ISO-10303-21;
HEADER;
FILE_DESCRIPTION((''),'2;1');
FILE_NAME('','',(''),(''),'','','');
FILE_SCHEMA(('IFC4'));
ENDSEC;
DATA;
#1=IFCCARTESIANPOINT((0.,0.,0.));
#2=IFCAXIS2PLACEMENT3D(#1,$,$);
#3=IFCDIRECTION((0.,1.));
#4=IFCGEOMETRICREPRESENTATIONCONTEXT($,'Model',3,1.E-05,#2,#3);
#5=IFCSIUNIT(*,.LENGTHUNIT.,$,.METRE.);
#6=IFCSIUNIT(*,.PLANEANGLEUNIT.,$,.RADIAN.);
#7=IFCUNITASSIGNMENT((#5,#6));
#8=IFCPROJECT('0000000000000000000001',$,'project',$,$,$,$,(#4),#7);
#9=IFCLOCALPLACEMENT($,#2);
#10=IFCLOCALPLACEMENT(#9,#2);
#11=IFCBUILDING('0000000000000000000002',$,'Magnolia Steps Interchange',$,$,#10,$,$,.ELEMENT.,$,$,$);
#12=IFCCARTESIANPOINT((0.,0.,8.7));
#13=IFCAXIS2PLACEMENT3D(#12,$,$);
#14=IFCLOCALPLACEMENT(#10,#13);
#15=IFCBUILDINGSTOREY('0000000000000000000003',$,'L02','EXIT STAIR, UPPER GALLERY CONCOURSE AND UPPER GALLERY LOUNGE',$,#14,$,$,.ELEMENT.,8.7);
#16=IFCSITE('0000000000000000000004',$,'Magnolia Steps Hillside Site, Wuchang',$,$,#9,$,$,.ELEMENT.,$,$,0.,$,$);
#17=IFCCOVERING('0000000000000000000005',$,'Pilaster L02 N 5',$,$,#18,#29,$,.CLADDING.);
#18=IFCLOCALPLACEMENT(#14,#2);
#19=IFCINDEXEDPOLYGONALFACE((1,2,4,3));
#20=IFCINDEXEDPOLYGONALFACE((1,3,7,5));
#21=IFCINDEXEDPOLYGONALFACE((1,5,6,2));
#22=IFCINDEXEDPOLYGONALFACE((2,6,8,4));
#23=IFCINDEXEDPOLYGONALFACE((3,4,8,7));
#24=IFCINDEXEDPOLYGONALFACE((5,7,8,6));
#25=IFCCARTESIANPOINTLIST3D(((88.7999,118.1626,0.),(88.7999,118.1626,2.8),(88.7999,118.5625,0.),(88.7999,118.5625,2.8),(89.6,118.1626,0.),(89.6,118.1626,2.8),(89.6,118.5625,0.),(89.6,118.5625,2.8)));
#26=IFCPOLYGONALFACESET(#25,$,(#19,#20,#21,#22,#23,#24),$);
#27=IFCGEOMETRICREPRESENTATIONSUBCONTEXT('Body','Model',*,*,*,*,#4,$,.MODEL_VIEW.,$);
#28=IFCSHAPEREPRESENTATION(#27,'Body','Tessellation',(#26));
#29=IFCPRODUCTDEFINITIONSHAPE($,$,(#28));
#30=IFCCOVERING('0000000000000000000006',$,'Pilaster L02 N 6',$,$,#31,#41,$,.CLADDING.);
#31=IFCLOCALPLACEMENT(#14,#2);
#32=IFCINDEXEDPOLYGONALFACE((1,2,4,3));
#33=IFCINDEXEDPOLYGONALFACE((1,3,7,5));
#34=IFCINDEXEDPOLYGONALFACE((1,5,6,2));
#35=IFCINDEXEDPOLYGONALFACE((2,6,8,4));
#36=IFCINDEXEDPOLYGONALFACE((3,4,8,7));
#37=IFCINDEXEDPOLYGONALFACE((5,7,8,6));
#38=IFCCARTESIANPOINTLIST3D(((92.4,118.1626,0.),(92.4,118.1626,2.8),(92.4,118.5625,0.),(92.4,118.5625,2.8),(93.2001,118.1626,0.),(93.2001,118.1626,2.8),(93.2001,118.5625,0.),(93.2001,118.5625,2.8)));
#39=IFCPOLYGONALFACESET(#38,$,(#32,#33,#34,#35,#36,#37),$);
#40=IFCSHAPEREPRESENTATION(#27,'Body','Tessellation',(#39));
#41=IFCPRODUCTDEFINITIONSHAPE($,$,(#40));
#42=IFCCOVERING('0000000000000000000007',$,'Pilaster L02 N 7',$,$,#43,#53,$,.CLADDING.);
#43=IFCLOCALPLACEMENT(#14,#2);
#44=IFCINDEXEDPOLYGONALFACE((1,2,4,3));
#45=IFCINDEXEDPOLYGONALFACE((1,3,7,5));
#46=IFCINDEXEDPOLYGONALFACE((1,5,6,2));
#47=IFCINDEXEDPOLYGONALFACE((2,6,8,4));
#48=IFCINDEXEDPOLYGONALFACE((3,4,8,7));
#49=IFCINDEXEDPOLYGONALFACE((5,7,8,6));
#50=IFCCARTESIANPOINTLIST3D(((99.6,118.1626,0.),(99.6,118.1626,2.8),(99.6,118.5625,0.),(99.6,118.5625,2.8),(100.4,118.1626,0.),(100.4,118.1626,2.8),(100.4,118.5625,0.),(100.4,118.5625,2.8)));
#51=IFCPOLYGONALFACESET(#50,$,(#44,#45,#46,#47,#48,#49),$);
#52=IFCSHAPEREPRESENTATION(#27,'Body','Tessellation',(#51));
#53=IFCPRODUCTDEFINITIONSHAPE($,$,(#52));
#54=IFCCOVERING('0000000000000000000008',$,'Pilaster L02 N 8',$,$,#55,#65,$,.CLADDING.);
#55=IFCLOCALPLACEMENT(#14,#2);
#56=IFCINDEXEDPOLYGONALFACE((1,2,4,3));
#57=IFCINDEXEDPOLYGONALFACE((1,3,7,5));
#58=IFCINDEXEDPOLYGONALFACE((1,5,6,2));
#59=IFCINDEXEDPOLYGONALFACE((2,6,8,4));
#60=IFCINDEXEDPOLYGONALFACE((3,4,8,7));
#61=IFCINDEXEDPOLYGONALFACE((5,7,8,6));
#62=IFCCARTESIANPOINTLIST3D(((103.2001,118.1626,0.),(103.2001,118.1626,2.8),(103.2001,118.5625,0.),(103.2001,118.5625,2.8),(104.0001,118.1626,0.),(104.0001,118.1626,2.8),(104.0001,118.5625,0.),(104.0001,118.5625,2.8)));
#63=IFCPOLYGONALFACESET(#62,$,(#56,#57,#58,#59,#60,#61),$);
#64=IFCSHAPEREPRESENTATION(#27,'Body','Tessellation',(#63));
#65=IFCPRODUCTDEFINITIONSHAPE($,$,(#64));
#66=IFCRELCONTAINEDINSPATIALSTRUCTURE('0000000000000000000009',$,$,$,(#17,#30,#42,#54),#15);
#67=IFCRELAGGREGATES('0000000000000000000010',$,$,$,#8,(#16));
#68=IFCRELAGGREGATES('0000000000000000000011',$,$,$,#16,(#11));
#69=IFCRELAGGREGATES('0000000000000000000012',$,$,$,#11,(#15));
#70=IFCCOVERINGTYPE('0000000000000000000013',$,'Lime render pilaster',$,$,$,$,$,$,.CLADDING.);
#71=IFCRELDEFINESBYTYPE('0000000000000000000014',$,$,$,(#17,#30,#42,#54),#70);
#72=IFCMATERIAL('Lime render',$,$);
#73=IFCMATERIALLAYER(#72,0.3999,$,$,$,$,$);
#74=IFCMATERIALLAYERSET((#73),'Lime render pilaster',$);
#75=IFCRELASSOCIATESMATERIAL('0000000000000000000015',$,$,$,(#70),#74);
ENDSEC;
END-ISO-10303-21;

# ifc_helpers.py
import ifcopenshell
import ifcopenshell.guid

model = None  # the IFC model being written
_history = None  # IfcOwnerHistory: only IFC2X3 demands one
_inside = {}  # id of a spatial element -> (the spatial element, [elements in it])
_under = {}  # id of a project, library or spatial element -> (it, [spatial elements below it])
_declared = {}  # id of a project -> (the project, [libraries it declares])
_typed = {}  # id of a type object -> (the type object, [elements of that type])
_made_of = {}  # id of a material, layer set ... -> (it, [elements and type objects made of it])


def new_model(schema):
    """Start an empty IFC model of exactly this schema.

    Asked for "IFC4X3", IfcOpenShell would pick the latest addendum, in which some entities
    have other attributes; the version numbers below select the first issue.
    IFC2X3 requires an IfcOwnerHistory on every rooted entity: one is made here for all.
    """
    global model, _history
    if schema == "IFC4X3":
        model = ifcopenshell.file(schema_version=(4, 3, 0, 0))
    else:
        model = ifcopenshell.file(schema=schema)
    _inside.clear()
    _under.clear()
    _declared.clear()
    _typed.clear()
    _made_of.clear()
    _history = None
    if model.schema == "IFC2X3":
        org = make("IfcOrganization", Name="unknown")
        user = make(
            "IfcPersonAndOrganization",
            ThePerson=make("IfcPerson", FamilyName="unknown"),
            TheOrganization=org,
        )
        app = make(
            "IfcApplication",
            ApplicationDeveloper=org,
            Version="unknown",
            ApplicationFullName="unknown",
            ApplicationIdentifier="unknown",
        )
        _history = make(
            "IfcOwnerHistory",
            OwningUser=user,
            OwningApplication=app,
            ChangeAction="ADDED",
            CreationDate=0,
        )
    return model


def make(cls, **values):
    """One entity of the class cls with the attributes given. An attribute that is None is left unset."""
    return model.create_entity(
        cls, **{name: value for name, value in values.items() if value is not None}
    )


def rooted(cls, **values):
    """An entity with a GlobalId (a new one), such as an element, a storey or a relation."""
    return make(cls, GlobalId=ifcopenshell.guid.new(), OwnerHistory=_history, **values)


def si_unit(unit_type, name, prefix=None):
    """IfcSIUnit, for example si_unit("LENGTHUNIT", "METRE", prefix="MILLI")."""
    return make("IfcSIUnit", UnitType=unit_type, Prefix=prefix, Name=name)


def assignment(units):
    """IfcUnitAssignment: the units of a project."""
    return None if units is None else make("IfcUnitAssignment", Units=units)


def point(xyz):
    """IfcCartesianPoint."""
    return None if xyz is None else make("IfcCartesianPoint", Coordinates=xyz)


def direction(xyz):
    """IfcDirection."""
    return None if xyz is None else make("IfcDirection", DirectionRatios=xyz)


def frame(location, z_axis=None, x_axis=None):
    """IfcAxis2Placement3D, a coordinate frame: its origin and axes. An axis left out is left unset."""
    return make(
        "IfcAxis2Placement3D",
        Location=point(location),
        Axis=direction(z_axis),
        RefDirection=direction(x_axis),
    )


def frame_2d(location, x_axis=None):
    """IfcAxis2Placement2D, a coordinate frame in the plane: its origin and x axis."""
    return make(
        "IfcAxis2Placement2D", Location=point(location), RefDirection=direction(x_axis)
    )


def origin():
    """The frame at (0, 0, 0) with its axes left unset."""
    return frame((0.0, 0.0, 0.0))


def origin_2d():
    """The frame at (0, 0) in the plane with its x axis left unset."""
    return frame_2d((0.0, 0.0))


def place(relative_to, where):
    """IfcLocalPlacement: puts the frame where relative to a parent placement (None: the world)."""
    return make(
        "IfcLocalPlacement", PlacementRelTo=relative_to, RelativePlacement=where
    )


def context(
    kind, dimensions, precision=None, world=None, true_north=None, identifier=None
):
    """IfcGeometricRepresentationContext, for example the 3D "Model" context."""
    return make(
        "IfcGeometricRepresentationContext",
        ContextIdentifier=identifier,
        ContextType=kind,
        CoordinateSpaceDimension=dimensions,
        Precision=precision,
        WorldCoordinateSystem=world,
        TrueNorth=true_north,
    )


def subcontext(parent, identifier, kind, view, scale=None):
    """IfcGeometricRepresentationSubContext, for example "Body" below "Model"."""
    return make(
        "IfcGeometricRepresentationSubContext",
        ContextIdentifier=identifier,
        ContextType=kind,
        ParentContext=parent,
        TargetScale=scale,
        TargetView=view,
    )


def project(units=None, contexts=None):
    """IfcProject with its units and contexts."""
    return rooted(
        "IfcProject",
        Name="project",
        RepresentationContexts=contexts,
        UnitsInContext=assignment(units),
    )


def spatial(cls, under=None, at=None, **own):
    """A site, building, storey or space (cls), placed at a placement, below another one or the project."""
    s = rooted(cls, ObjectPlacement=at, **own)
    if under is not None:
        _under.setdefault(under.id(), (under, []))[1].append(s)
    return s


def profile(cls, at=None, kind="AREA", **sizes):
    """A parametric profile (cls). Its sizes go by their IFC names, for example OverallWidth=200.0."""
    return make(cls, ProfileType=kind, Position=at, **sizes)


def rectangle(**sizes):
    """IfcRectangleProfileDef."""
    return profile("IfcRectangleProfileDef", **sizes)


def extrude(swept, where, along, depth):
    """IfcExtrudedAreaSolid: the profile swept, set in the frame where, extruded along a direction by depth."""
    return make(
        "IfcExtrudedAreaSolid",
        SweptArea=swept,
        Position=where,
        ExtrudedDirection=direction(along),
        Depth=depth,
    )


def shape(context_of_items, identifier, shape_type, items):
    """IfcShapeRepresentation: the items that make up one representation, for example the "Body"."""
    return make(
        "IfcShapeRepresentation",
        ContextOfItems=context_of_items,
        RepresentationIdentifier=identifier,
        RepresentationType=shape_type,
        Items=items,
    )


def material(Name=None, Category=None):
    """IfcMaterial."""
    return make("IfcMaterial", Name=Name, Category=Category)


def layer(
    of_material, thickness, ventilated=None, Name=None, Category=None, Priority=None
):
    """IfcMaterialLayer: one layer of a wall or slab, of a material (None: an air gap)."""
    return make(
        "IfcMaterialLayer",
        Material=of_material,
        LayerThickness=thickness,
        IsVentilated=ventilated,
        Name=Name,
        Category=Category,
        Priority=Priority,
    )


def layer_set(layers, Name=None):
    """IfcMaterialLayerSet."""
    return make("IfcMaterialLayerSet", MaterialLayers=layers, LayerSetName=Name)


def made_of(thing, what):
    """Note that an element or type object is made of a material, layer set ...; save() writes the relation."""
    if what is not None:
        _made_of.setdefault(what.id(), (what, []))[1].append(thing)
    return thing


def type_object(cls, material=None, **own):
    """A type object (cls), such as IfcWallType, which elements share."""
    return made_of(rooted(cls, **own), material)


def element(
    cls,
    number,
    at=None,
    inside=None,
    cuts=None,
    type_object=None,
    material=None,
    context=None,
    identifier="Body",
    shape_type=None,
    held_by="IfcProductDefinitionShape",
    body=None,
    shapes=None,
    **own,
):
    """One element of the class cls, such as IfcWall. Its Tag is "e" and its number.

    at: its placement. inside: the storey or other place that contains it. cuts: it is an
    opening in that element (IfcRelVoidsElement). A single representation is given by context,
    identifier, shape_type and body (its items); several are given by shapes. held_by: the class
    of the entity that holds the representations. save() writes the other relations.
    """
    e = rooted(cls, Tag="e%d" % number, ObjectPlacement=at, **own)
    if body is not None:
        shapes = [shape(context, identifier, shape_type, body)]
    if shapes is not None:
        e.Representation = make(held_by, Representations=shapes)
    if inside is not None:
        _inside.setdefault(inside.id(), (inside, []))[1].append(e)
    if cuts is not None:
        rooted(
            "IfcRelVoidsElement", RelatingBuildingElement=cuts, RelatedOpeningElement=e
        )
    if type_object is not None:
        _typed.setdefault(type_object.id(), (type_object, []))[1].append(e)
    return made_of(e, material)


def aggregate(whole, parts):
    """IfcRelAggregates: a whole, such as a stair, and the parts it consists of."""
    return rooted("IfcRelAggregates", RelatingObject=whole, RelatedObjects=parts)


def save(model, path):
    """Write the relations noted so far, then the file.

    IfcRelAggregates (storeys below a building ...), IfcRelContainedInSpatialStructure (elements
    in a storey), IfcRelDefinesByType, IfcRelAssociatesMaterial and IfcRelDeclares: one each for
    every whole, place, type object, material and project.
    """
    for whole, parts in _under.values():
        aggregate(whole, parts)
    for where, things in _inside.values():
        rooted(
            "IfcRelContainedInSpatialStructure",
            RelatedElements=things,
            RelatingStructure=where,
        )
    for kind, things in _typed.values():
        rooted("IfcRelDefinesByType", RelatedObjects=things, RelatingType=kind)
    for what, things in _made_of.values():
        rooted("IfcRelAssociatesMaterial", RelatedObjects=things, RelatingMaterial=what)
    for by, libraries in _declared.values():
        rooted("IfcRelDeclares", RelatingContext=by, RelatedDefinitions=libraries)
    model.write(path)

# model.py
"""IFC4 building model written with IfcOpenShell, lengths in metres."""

from ifc_helpers import new_model, si_unit, direction, frame, origin, origin_2d, place, context, subcontext, project, spatial, rectangle, extrude, material, layer, layer_set, type_object, element, save


model = new_model("IFC4")

# Units and contexts
model_context = context("Model", 3, precision=1e-05, world=origin(), true_north=direction((0.0, 1.0)))
body_context = subcontext(model_context, "Body", "Model", "MODEL_VIEW")
ifc_project = project(units=[si_unit("LENGTHUNIT", "METRE"), si_unit("PLANEANGLEUNIT", "RADIAN")], contexts=[model_context])

# Site, building, storey
site_placement = place(None, origin())
site = spatial("IfcSite", under=ifc_project, at=site_placement, Name="Magnolia Steps Hillside Site, Wuchang", CompositionType="ELEMENT", RefElevation=0.0)
building_placement = place(site_placement, origin())
building = spatial("IfcBuilding", under=site, at=building_placement, Name="Magnolia Steps Interchange", CompositionType="ELEMENT")
storey_placement = place(building_placement, frame((0.0, 0.0, 8.7)))
storey = spatial("IfcBuildingStorey", under=building, at=storey_placement, Name="L02", Description="EXIT STAIR, UPPER GALLERY CONCOURSE AND UPPER GALLERY LOUNGE", CompositionType="ELEMENT", Elevation=8.7)

# Coverings
ifc_material_1 = material(Name="Lime render")
ifc_layer_1 = layer(ifc_material_1, 0.3999)
ifc_layer_set_1 = layer_set([ifc_layer_1], Name="Lime render pilaster")
covering_type_1 = type_object("IfcCoveringType", Name="Lime render pilaster", PredefinedType="CLADDING", material=ifc_layer_set_1)
for number, where, z_axis, x_axis, name in (
    (1, (89.2, 118.3625, 0.0), (0.0, 0.0, 1.0), (1.0, 0.0, 0.0), "Pilaster L02 N 5"),
    (2, (92.8, 118.3625, 0.0), (0.0, 0.0, 1.0), (1.0, 0.0, 0.0), "Pilaster L02 N 6"),
    (3, (100.0, 118.3625, 0.0), (0.0, 0.0, 1.0), (1.0, 0.0, 0.0), "Pilaster L02 N 7"),
    (4, (103.6001, 118.3625, 0.0), (0.0, 0.0, 1.0), (1.0, 0.0, 0.0), "Pilaster L02 N 8"),
):
    element("IfcCovering", number, at=place(storey_placement, frame(where, z_axis=z_axis, x_axis=x_axis)), inside=storey, type_object=covering_type_1, Name=name, PredefinedType="CLADDING", context=body_context, shape_type="SweptSolid", body=[
        extrude(rectangle(XDim=0.8, YDim=0.3999, at=origin_2d()), origin(), (0.0, 0.0, 1.0), 2.8),
    ])

save(model, "model.ifc")
